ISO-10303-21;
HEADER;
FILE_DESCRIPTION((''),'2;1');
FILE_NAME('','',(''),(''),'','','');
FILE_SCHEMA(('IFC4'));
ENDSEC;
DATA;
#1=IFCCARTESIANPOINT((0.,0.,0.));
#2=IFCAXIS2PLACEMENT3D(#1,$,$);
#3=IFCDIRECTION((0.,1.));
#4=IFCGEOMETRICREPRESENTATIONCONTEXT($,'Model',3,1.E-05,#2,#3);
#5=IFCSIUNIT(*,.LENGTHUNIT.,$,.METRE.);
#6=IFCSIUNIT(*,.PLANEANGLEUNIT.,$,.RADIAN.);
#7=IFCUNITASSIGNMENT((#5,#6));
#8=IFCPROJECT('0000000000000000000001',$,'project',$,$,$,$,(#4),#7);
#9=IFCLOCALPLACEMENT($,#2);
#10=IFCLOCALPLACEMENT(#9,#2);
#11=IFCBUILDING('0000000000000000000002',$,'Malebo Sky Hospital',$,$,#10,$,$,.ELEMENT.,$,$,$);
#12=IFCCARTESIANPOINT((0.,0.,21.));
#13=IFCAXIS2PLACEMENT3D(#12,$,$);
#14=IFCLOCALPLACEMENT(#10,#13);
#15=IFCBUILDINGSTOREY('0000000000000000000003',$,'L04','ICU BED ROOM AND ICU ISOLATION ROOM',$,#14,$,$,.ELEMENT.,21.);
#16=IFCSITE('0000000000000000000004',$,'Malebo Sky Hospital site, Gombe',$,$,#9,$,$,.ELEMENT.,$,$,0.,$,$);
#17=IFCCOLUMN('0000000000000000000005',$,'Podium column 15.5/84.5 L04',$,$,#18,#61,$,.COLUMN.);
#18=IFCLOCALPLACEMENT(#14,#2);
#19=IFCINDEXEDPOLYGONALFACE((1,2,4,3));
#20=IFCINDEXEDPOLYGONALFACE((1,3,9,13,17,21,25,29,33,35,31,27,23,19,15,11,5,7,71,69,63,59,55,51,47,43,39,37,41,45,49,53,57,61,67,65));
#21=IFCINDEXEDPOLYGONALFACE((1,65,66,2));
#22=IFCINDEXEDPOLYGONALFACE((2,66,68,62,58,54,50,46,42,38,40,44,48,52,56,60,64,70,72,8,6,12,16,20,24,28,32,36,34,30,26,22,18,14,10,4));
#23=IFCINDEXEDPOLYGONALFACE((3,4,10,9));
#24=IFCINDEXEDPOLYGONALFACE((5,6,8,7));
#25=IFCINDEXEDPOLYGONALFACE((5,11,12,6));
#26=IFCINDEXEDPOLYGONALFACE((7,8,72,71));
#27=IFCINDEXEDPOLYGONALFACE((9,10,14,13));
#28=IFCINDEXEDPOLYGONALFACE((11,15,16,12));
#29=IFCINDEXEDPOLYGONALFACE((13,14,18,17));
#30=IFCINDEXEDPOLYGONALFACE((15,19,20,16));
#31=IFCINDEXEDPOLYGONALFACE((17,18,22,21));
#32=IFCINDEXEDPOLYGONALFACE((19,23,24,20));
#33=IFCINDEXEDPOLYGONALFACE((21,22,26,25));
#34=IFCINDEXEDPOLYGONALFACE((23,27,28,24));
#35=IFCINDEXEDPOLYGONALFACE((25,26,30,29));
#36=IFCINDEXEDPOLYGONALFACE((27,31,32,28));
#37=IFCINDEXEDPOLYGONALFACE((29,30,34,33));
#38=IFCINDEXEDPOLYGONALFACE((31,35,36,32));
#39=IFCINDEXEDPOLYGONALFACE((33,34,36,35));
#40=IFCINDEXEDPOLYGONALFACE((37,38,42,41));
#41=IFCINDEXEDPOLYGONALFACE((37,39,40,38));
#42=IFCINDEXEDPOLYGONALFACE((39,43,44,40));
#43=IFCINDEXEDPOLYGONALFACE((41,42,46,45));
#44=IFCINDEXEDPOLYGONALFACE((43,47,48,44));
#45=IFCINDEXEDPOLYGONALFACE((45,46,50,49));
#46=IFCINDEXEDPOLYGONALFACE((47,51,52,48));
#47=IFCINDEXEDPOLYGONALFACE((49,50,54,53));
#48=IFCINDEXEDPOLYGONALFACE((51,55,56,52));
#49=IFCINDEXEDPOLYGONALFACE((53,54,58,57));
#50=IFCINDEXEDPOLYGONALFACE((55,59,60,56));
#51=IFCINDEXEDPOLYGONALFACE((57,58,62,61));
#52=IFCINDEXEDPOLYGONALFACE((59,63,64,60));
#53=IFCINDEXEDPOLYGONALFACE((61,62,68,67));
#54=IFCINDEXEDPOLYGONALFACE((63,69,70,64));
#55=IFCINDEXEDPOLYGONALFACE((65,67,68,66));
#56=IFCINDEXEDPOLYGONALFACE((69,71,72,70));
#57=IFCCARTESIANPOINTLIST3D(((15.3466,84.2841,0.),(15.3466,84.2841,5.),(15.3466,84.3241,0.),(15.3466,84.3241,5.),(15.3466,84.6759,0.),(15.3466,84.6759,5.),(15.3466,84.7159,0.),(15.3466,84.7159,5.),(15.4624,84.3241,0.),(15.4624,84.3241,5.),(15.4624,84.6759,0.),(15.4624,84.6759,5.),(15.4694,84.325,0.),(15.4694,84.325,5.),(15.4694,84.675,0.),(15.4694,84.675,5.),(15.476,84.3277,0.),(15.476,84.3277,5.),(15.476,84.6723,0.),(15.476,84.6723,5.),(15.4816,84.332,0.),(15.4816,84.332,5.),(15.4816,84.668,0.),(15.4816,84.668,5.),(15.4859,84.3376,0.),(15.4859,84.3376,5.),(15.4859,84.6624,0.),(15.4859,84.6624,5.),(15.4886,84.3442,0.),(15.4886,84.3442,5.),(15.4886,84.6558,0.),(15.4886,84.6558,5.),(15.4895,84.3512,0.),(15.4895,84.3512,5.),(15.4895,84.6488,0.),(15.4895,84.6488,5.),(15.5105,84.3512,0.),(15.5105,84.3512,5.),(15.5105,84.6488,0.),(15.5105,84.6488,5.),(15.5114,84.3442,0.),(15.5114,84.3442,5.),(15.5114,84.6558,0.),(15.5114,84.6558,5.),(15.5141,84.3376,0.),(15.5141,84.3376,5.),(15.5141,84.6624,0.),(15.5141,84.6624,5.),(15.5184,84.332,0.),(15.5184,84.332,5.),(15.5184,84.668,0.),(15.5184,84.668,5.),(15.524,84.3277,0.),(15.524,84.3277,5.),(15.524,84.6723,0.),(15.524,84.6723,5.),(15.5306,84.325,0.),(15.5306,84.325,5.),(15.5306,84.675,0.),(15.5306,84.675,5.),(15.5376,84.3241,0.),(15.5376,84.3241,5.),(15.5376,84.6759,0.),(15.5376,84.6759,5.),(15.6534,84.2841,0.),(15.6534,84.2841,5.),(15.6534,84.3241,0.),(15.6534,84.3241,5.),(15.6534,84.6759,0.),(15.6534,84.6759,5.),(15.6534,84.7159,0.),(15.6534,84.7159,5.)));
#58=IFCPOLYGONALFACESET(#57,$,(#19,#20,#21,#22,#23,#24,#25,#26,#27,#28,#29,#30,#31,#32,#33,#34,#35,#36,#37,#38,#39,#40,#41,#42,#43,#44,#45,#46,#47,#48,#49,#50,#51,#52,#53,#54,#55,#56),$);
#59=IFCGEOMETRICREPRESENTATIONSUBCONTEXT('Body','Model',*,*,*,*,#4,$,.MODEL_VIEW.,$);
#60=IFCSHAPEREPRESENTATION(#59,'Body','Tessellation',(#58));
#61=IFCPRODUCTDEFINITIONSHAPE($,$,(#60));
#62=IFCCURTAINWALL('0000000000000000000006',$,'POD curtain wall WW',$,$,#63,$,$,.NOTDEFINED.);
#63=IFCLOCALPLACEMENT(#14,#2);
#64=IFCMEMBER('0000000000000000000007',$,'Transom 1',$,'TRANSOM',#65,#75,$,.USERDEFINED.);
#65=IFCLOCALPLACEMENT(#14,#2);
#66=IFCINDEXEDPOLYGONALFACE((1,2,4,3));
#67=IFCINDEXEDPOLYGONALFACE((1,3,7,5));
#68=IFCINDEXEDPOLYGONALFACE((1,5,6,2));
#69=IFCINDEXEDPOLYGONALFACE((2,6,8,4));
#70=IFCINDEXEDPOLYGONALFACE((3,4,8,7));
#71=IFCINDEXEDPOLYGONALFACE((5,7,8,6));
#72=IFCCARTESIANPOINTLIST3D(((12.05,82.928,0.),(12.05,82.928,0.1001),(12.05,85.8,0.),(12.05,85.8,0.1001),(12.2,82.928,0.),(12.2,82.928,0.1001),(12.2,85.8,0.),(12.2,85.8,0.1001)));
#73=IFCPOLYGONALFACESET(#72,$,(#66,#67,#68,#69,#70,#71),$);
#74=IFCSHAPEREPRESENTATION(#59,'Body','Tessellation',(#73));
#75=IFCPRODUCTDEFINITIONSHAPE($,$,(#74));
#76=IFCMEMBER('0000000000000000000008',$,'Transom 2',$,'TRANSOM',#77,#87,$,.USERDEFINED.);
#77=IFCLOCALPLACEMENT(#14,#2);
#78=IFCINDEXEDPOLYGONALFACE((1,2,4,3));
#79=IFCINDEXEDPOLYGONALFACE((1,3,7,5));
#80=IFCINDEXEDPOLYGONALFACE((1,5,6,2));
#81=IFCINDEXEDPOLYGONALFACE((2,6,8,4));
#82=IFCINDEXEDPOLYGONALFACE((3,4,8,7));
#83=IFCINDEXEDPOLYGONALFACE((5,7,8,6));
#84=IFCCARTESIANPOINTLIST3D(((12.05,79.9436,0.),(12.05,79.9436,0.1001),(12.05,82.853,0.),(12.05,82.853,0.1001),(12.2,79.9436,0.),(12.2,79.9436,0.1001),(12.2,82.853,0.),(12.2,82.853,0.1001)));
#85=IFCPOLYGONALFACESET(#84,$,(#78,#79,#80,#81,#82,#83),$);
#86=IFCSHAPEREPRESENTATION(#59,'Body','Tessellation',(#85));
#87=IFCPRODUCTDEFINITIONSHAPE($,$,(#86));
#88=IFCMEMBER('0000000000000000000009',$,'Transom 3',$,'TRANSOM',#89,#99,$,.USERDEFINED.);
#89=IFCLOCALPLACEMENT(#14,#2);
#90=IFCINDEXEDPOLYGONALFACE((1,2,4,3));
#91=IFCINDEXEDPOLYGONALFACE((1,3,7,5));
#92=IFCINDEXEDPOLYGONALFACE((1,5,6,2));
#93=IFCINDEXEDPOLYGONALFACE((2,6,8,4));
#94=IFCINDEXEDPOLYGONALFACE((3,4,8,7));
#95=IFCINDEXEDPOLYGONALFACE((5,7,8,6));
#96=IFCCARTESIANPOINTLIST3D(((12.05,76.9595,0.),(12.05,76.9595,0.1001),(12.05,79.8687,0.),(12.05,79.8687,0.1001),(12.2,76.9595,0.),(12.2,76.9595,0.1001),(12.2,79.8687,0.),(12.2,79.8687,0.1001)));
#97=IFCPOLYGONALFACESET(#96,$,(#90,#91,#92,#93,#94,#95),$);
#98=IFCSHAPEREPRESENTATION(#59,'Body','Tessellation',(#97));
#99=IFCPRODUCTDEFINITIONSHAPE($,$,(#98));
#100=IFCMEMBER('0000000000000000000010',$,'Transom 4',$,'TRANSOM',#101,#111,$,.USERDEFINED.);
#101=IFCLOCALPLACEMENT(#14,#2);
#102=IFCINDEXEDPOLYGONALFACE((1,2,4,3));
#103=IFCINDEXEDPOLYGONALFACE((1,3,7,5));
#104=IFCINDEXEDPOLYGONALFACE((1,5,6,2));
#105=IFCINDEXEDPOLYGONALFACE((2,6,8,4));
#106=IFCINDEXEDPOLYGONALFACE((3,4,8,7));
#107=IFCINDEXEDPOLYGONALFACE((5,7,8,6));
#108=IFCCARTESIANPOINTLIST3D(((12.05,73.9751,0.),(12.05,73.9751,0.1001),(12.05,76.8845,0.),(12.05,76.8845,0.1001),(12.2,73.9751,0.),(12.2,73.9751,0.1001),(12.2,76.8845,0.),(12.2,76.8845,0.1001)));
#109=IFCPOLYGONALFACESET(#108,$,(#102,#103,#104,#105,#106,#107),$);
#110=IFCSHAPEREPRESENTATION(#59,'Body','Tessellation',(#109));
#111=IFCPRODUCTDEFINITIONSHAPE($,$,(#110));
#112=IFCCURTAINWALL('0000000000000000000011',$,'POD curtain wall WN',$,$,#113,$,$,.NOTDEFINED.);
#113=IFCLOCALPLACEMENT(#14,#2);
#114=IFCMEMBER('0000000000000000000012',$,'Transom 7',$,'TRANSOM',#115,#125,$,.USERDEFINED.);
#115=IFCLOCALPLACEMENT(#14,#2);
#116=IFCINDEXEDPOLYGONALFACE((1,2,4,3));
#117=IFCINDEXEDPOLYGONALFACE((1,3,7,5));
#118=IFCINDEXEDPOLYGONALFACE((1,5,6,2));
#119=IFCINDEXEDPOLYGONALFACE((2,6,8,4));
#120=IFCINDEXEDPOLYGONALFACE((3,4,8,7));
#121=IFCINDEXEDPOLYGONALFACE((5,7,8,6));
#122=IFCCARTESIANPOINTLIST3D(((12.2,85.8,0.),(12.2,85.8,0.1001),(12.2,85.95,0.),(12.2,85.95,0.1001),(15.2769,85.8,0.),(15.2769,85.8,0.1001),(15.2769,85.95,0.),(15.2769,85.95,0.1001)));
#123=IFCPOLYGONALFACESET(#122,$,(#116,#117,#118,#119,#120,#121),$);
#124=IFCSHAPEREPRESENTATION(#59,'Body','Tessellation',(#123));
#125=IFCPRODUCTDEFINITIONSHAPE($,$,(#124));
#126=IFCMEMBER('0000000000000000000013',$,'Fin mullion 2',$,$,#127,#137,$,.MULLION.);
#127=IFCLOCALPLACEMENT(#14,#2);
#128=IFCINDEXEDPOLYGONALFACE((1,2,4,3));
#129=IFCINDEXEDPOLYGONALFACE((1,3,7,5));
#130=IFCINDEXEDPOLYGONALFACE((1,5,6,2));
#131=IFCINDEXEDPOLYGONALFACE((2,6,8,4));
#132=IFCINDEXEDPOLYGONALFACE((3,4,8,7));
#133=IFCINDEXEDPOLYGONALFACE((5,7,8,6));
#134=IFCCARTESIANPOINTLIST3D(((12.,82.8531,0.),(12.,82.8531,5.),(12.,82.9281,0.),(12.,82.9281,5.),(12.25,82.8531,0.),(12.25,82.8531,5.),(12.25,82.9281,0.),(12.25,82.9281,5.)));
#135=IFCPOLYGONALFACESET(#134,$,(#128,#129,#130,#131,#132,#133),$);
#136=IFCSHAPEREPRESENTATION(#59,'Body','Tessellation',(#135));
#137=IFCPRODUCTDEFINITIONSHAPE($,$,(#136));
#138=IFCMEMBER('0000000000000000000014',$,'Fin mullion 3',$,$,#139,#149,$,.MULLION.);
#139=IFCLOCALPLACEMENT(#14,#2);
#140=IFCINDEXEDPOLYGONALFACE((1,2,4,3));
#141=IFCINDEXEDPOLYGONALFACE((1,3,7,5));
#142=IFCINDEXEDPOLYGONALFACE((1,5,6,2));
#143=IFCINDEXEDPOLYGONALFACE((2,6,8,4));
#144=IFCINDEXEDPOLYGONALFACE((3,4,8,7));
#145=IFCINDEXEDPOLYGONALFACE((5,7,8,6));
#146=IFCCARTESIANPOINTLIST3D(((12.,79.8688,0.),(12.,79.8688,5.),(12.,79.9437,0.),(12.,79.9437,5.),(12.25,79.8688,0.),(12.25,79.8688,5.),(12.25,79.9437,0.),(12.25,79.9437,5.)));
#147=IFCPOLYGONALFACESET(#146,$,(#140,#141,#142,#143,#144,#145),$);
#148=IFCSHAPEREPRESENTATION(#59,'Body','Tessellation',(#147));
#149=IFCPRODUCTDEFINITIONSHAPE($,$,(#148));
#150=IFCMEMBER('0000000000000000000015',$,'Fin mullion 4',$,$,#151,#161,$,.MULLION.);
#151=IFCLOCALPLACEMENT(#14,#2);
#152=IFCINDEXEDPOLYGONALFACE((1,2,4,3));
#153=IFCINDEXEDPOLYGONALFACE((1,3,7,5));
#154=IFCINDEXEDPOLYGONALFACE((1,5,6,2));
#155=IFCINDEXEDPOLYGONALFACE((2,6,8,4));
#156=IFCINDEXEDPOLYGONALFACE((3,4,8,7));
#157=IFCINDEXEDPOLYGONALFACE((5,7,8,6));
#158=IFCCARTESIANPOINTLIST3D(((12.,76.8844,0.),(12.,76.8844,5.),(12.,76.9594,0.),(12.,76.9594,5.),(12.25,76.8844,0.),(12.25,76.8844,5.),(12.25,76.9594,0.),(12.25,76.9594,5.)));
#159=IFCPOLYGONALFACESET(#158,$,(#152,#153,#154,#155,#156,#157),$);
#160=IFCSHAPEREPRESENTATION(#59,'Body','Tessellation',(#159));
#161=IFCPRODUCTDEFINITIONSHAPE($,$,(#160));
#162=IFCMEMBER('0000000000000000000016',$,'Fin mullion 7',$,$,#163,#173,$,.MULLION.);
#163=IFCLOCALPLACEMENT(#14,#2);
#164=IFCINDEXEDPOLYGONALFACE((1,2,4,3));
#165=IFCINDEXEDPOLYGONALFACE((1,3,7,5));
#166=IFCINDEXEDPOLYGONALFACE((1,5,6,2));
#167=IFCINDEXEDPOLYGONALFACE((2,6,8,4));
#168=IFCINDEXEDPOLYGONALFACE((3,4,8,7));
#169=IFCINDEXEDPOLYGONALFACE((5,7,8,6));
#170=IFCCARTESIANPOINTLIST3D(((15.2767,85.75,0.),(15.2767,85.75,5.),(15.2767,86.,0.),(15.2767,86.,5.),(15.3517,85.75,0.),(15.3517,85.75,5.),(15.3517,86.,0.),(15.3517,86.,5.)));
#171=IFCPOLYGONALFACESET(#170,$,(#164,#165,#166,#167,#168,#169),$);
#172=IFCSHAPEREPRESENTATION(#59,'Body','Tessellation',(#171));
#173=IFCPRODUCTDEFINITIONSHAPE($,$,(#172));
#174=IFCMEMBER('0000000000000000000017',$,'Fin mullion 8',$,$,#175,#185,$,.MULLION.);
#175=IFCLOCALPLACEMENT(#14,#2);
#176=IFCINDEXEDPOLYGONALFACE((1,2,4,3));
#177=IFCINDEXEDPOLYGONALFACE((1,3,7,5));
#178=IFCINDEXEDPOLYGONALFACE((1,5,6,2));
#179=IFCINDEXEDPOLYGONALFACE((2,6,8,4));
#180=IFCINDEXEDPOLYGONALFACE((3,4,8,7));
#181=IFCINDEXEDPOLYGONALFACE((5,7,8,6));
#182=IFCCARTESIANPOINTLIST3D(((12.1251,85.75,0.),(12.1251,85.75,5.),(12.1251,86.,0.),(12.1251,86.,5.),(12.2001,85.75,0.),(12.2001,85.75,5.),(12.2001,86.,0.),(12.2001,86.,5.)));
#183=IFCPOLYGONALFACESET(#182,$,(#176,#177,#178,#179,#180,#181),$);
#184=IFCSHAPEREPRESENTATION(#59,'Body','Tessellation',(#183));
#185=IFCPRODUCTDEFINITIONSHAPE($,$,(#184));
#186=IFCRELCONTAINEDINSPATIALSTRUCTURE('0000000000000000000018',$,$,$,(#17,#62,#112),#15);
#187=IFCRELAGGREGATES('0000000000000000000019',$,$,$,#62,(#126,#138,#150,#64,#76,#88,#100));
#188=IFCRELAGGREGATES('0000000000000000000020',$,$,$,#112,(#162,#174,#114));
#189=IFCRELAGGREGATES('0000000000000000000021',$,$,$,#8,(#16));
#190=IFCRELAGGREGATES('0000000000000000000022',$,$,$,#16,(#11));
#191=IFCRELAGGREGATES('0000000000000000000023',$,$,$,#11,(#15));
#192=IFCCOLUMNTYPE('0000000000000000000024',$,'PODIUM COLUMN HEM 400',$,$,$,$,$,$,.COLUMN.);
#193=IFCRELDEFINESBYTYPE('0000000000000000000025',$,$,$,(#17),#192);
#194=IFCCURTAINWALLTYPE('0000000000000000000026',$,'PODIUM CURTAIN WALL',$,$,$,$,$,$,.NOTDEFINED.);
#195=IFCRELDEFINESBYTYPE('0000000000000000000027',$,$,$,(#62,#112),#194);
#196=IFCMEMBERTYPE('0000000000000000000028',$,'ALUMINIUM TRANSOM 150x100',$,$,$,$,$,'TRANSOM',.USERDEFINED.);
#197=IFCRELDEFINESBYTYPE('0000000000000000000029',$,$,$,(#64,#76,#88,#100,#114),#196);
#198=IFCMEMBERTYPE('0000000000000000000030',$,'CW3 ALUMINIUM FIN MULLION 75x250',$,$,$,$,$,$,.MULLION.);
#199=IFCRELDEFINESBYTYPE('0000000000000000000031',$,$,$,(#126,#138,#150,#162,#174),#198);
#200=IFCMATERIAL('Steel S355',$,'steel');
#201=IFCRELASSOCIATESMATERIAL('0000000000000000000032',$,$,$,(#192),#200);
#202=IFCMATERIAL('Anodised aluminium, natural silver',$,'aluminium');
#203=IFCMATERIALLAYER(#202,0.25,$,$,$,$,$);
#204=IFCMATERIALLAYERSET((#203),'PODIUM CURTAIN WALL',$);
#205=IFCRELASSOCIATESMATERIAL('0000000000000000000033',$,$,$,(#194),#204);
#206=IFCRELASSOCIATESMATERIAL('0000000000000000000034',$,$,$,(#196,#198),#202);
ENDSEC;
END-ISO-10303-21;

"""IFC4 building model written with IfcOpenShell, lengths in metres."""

from ifc_helpers import new_model, si_unit, direction, frame, origin, origin_2d, place, context, subcontext, project, spatial, rectangle, i_section, extrude, material, layer, layer_set, material_profile, profile_set, type_object, element, aggregate, save


model = new_model("IFC4")

# Units and contexts
model_context = context("Model", 3, precision=1e-05, world=origin(), true_north=direction((0.0, 1.0)))
body_context = subcontext(model_context, "Body", "Model", "MODEL_VIEW")
ifc_project = project(units=[si_unit("LENGTHUNIT", "METRE"), si_unit("PLANEANGLEUNIT", "RADIAN")], contexts=[model_context])

# Site, building, storey
site_placement = place(None, origin())
site = spatial("IfcSite", under=ifc_project, at=site_placement, Name="Malebo Sky Hospital site, Gombe", CompositionType="ELEMENT", RefElevation=0.0)
building_placement = place(site_placement, origin())
building = spatial("IfcBuilding", under=site, at=building_placement, Name="Malebo Sky Hospital", CompositionType="ELEMENT")
storey_placement = place(building_placement, frame((0.0, 0.0, 21.0)))
storey = spatial("IfcBuildingStorey", under=building, at=storey_placement, Name="L04", Description="ICU BED ROOM AND ICU ISOLATION ROOM", CompositionType="ELEMENT", Elevation=21.0)

# Column
ifc_material_1 = material(Name="Steel S355", Category="steel")
ifc_material_profile_1 = material_profile(ifc_material_1, i_section(OverallWidth=0.3069, OverallDepth=0.4319, WebThickness=0.021, FlangeThickness=0.04, FilletRadius=0.0271, at=origin_2d()), Name="HEM 400")
ifc_profile_set_1 = profile_set([ifc_material_profile_1], Name="Steel S355")
column_type = type_object("IfcColumnType", Name="PODIUM COLUMN HEM 400", PredefinedType="COLUMN", material=ifc_profile_set_1)
column_placement = place(storey_placement, frame((15.5, 84.5, 0.0), z_axis=(0.0, 0.0, 1.0), x_axis=(1.0, 0.0, 0.0)))
element("IfcColumn", 1, at=column_placement, inside=storey, type_object=column_type, Name="Podium column 15.5/84.5 L04", PredefinedType="COLUMN", context=body_context, shape_type="SweptSolid", body=[
    extrude(i_section(OverallWidth=0.3069, OverallDepth=0.4319, WebThickness=0.021, FlangeThickness=0.04, FilletRadius=0.0271, at=origin_2d()), origin(), (0.0, 0.0, 1.0), 5.0),
])

# Curtain wall, members
ifc_material_2 = material(Name="Anodised aluminium, natural silver", Category="aluminium")
ifc_layer_1 = layer(ifc_material_2, 0.25)
ifc_layer_set_1 = layer_set([ifc_layer_1], Name="PODIUM CURTAIN WALL")
curtain_wall_type = type_object("IfcCurtainWallType", Name="PODIUM CURTAIN WALL", PredefinedType="NOTDEFINED", material=ifc_layer_set_1)
curtain_wall_1_placement = place(storey_placement, origin())
curtain_wall_1 = element("IfcCurtainWall", 2, at=curtain_wall_1_placement, inside=storey, type_object=curtain_wall_type, Name="POD curtain wall WW", PredefinedType="NOTDEFINED")
ifc_material_profile_2 = material_profile(ifc_material_2, rectangle(XDim=0.1499, YDim=0.1001, at=origin_2d()), Name="ALUMINIUM TRANSOM 150x100")
ifc_profile_set_2 = profile_set([ifc_material_profile_2], Name="Anodised aluminium, natural silver")
member_type_1 = type_object("IfcMemberType", Name="ALUMINIUM TRANSOM 150x100", ElementType="TRANSOM", PredefinedType="USERDEFINED", material=ifc_profile_set_2)
member_1_placement = place(storey_placement, frame((12.125, 85.8, 0.05), z_axis=(0.0, -1.0, 0.0), x_axis=(1.0, 0.0, 0.0)))
member_1 = element("IfcMember", 3, at=member_1_placement, type_object=member_type_1, Name="Transom 1", ObjectType="TRANSOM", PredefinedType="USERDEFINED", context=body_context, shape_type="SweptSolid", body=[
    extrude(rectangle(XDim=0.1499, YDim=0.1001, at=origin_2d()), origin(), (0.0, 0.0, 1.0), 2.8721),
])
member_2_placement = place(storey_placement, frame((12.125, 82.853, 0.05), z_axis=(0.0, -1.0, 0.0), x_axis=(1.0, 0.0, 0.0)))
member_2 = element("IfcMember", 4, at=member_2_placement, type_object=member_type_1, Name="Transom 2", ObjectType="TRANSOM", PredefinedType="USERDEFINED", context=body_context, shape_type="SweptSolid", body=[
    extrude(rectangle(XDim=0.1499, YDim=0.1001, at=origin_2d()), origin(), (0.0, 0.0, 1.0), 2.9094),
])
member_3_placement = place(storey_placement, frame((12.125, 79.8687, 0.05), z_axis=(0.0, -1.0, 0.0), x_axis=(1.0, 0.0, 0.0)))
member_3 = element("IfcMember", 5, at=member_3_placement, type_object=member_type_1, Name="Transom 3", ObjectType="TRANSOM", PredefinedType="USERDEFINED", context=body_context, shape_type="SweptSolid", body=[
    extrude(rectangle(XDim=0.1499, YDim=0.1001, at=origin_2d()), origin(), (0.0, 0.0, 1.0), 2.9092),
])
member_4_placement = place(storey_placement, frame((12.125, 76.8845, 0.05), z_axis=(0.0, -1.0, 0.0), x_axis=(1.0, 0.0, 0.0)))
member_4 = element("IfcMember", 6, at=member_4_placement, type_object=member_type_1, Name="Transom 4", ObjectType="TRANSOM", PredefinedType="USERDEFINED", context=body_context, shape_type="SweptSolid", body=[
    extrude(rectangle(XDim=0.1499, YDim=0.1001, at=origin_2d()), origin(), (0.0, 0.0, 1.0), 2.9094),
])

# Curtain wall, member
curtain_wall_2_placement = place(storey_placement, origin())
curtain_wall_2 = element("IfcCurtainWall", 7, at=curtain_wall_2_placement, inside=storey, type_object=curtain_wall_type, Name="POD curtain wall WN", PredefinedType="NOTDEFINED")
member_5_placement = place(storey_placement, frame((15.2769, 85.875, 0.05), z_axis=(-1.0, 0.0, 0.0), x_axis=(0.0, -1.0, 0.0)))
member_5 = element("IfcMember", 8, at=member_5_placement, type_object=member_type_1, Name="Transom 7", ObjectType="TRANSOM", PredefinedType="USERDEFINED", context=body_context, shape_type="SweptSolid", body=[
    extrude(rectangle(XDim=0.1499, YDim=0.1001, at=origin_2d()), origin(), (0.0, 0.0, 1.0), 3.0769),
])

# Members
ifc_material_profile_3 = material_profile(ifc_material_2, rectangle(XDim=0.075, YDim=0.25, at=origin_2d()), Name="CW3 ALUMINIUM FIN MULLION 75x250")
ifc_profile_set_3 = profile_set([ifc_material_profile_3], Name="Anodised aluminium, natural silver")
member_type_2 = type_object("IfcMemberType", Name="CW3 ALUMINIUM FIN MULLION 75x250", PredefinedType="MULLION", material=ifc_profile_set_3)
member_6_placement = place(storey_placement, frame((12.125, 82.8906, 0.0), z_axis=(0.0, 0.0, 1.0), x_axis=(0.0, -1.0, 0.0)))
member_6 = element("IfcMember", 9, at=member_6_placement, type_object=member_type_2, Name="Fin mullion 2", PredefinedType="MULLION", context=body_context, shape_type="SweptSolid", body=[
    extrude(rectangle(XDim=0.075, YDim=0.25, at=origin_2d()), origin(), (0.0, 0.0, 1.0), 5.0),
])
member_7_placement = place(storey_placement, frame((12.125, 79.9062, 0.0), z_axis=(0.0, 0.0, 1.0), x_axis=(0.0, -1.0, 0.0)))
member_7 = element("IfcMember", 10, at=member_7_placement, type_object=member_type_2, Name="Fin mullion 3", PredefinedType="MULLION", context=body_context, shape_type="SweptSolid", body=[
    extrude(rectangle(XDim=0.075, YDim=0.25, at=origin_2d()), origin(), (0.0, 0.0, 1.0), 5.0),
])
member_8_placement = place(storey_placement, frame((12.125, 76.9219, 0.0), z_axis=(0.0, 0.0, 1.0), x_axis=(0.0, -1.0, 0.0)))
member_8 = element("IfcMember", 11, at=member_8_placement, type_object=member_type_2, Name="Fin mullion 4", PredefinedType="MULLION", context=body_context, shape_type="SweptSolid", body=[
    extrude(rectangle(XDim=0.075, YDim=0.25, at=origin_2d()), origin(), (0.0, 0.0, 1.0), 5.0),
])
member_9_placement = place(storey_placement, frame((15.3142, 85.875, 0.0), z_axis=(0.0, 0.0, 1.0), x_axis=(-1.0, 0.0, 0.0)))
member_9 = element("IfcMember", 12, at=member_9_placement, type_object=member_type_2, Name="Fin mullion 7", PredefinedType="MULLION", context=body_context, shape_type="SweptSolid", body=[
    extrude(rectangle(XDim=0.075, YDim=0.25, at=origin_2d()), origin(), (0.0, 0.0, 1.0), 5.0),
])
member_10_placement = place(storey_placement, frame((12.1626, 85.875, 0.0), z_axis=(0.0, 0.0, 1.0), x_axis=(-1.0, 0.0, 0.0)))
member_10 = element("IfcMember", 13, at=member_10_placement, type_object=member_type_2, Name="Fin mullion 8", PredefinedType="MULLION", context=body_context, shape_type="SweptSolid", body=[
    extrude(rectangle(XDim=0.075, YDim=0.25, at=origin_2d()), origin(), (0.0, 0.0, 1.0), 5.0),
])

aggregate(curtain_wall_1, [member_6, member_7, member_8, member_1, member_2, member_3, member_4])
aggregate(curtain_wall_2, [member_9, member_10, member_5])

save(model, "model.ifc")
